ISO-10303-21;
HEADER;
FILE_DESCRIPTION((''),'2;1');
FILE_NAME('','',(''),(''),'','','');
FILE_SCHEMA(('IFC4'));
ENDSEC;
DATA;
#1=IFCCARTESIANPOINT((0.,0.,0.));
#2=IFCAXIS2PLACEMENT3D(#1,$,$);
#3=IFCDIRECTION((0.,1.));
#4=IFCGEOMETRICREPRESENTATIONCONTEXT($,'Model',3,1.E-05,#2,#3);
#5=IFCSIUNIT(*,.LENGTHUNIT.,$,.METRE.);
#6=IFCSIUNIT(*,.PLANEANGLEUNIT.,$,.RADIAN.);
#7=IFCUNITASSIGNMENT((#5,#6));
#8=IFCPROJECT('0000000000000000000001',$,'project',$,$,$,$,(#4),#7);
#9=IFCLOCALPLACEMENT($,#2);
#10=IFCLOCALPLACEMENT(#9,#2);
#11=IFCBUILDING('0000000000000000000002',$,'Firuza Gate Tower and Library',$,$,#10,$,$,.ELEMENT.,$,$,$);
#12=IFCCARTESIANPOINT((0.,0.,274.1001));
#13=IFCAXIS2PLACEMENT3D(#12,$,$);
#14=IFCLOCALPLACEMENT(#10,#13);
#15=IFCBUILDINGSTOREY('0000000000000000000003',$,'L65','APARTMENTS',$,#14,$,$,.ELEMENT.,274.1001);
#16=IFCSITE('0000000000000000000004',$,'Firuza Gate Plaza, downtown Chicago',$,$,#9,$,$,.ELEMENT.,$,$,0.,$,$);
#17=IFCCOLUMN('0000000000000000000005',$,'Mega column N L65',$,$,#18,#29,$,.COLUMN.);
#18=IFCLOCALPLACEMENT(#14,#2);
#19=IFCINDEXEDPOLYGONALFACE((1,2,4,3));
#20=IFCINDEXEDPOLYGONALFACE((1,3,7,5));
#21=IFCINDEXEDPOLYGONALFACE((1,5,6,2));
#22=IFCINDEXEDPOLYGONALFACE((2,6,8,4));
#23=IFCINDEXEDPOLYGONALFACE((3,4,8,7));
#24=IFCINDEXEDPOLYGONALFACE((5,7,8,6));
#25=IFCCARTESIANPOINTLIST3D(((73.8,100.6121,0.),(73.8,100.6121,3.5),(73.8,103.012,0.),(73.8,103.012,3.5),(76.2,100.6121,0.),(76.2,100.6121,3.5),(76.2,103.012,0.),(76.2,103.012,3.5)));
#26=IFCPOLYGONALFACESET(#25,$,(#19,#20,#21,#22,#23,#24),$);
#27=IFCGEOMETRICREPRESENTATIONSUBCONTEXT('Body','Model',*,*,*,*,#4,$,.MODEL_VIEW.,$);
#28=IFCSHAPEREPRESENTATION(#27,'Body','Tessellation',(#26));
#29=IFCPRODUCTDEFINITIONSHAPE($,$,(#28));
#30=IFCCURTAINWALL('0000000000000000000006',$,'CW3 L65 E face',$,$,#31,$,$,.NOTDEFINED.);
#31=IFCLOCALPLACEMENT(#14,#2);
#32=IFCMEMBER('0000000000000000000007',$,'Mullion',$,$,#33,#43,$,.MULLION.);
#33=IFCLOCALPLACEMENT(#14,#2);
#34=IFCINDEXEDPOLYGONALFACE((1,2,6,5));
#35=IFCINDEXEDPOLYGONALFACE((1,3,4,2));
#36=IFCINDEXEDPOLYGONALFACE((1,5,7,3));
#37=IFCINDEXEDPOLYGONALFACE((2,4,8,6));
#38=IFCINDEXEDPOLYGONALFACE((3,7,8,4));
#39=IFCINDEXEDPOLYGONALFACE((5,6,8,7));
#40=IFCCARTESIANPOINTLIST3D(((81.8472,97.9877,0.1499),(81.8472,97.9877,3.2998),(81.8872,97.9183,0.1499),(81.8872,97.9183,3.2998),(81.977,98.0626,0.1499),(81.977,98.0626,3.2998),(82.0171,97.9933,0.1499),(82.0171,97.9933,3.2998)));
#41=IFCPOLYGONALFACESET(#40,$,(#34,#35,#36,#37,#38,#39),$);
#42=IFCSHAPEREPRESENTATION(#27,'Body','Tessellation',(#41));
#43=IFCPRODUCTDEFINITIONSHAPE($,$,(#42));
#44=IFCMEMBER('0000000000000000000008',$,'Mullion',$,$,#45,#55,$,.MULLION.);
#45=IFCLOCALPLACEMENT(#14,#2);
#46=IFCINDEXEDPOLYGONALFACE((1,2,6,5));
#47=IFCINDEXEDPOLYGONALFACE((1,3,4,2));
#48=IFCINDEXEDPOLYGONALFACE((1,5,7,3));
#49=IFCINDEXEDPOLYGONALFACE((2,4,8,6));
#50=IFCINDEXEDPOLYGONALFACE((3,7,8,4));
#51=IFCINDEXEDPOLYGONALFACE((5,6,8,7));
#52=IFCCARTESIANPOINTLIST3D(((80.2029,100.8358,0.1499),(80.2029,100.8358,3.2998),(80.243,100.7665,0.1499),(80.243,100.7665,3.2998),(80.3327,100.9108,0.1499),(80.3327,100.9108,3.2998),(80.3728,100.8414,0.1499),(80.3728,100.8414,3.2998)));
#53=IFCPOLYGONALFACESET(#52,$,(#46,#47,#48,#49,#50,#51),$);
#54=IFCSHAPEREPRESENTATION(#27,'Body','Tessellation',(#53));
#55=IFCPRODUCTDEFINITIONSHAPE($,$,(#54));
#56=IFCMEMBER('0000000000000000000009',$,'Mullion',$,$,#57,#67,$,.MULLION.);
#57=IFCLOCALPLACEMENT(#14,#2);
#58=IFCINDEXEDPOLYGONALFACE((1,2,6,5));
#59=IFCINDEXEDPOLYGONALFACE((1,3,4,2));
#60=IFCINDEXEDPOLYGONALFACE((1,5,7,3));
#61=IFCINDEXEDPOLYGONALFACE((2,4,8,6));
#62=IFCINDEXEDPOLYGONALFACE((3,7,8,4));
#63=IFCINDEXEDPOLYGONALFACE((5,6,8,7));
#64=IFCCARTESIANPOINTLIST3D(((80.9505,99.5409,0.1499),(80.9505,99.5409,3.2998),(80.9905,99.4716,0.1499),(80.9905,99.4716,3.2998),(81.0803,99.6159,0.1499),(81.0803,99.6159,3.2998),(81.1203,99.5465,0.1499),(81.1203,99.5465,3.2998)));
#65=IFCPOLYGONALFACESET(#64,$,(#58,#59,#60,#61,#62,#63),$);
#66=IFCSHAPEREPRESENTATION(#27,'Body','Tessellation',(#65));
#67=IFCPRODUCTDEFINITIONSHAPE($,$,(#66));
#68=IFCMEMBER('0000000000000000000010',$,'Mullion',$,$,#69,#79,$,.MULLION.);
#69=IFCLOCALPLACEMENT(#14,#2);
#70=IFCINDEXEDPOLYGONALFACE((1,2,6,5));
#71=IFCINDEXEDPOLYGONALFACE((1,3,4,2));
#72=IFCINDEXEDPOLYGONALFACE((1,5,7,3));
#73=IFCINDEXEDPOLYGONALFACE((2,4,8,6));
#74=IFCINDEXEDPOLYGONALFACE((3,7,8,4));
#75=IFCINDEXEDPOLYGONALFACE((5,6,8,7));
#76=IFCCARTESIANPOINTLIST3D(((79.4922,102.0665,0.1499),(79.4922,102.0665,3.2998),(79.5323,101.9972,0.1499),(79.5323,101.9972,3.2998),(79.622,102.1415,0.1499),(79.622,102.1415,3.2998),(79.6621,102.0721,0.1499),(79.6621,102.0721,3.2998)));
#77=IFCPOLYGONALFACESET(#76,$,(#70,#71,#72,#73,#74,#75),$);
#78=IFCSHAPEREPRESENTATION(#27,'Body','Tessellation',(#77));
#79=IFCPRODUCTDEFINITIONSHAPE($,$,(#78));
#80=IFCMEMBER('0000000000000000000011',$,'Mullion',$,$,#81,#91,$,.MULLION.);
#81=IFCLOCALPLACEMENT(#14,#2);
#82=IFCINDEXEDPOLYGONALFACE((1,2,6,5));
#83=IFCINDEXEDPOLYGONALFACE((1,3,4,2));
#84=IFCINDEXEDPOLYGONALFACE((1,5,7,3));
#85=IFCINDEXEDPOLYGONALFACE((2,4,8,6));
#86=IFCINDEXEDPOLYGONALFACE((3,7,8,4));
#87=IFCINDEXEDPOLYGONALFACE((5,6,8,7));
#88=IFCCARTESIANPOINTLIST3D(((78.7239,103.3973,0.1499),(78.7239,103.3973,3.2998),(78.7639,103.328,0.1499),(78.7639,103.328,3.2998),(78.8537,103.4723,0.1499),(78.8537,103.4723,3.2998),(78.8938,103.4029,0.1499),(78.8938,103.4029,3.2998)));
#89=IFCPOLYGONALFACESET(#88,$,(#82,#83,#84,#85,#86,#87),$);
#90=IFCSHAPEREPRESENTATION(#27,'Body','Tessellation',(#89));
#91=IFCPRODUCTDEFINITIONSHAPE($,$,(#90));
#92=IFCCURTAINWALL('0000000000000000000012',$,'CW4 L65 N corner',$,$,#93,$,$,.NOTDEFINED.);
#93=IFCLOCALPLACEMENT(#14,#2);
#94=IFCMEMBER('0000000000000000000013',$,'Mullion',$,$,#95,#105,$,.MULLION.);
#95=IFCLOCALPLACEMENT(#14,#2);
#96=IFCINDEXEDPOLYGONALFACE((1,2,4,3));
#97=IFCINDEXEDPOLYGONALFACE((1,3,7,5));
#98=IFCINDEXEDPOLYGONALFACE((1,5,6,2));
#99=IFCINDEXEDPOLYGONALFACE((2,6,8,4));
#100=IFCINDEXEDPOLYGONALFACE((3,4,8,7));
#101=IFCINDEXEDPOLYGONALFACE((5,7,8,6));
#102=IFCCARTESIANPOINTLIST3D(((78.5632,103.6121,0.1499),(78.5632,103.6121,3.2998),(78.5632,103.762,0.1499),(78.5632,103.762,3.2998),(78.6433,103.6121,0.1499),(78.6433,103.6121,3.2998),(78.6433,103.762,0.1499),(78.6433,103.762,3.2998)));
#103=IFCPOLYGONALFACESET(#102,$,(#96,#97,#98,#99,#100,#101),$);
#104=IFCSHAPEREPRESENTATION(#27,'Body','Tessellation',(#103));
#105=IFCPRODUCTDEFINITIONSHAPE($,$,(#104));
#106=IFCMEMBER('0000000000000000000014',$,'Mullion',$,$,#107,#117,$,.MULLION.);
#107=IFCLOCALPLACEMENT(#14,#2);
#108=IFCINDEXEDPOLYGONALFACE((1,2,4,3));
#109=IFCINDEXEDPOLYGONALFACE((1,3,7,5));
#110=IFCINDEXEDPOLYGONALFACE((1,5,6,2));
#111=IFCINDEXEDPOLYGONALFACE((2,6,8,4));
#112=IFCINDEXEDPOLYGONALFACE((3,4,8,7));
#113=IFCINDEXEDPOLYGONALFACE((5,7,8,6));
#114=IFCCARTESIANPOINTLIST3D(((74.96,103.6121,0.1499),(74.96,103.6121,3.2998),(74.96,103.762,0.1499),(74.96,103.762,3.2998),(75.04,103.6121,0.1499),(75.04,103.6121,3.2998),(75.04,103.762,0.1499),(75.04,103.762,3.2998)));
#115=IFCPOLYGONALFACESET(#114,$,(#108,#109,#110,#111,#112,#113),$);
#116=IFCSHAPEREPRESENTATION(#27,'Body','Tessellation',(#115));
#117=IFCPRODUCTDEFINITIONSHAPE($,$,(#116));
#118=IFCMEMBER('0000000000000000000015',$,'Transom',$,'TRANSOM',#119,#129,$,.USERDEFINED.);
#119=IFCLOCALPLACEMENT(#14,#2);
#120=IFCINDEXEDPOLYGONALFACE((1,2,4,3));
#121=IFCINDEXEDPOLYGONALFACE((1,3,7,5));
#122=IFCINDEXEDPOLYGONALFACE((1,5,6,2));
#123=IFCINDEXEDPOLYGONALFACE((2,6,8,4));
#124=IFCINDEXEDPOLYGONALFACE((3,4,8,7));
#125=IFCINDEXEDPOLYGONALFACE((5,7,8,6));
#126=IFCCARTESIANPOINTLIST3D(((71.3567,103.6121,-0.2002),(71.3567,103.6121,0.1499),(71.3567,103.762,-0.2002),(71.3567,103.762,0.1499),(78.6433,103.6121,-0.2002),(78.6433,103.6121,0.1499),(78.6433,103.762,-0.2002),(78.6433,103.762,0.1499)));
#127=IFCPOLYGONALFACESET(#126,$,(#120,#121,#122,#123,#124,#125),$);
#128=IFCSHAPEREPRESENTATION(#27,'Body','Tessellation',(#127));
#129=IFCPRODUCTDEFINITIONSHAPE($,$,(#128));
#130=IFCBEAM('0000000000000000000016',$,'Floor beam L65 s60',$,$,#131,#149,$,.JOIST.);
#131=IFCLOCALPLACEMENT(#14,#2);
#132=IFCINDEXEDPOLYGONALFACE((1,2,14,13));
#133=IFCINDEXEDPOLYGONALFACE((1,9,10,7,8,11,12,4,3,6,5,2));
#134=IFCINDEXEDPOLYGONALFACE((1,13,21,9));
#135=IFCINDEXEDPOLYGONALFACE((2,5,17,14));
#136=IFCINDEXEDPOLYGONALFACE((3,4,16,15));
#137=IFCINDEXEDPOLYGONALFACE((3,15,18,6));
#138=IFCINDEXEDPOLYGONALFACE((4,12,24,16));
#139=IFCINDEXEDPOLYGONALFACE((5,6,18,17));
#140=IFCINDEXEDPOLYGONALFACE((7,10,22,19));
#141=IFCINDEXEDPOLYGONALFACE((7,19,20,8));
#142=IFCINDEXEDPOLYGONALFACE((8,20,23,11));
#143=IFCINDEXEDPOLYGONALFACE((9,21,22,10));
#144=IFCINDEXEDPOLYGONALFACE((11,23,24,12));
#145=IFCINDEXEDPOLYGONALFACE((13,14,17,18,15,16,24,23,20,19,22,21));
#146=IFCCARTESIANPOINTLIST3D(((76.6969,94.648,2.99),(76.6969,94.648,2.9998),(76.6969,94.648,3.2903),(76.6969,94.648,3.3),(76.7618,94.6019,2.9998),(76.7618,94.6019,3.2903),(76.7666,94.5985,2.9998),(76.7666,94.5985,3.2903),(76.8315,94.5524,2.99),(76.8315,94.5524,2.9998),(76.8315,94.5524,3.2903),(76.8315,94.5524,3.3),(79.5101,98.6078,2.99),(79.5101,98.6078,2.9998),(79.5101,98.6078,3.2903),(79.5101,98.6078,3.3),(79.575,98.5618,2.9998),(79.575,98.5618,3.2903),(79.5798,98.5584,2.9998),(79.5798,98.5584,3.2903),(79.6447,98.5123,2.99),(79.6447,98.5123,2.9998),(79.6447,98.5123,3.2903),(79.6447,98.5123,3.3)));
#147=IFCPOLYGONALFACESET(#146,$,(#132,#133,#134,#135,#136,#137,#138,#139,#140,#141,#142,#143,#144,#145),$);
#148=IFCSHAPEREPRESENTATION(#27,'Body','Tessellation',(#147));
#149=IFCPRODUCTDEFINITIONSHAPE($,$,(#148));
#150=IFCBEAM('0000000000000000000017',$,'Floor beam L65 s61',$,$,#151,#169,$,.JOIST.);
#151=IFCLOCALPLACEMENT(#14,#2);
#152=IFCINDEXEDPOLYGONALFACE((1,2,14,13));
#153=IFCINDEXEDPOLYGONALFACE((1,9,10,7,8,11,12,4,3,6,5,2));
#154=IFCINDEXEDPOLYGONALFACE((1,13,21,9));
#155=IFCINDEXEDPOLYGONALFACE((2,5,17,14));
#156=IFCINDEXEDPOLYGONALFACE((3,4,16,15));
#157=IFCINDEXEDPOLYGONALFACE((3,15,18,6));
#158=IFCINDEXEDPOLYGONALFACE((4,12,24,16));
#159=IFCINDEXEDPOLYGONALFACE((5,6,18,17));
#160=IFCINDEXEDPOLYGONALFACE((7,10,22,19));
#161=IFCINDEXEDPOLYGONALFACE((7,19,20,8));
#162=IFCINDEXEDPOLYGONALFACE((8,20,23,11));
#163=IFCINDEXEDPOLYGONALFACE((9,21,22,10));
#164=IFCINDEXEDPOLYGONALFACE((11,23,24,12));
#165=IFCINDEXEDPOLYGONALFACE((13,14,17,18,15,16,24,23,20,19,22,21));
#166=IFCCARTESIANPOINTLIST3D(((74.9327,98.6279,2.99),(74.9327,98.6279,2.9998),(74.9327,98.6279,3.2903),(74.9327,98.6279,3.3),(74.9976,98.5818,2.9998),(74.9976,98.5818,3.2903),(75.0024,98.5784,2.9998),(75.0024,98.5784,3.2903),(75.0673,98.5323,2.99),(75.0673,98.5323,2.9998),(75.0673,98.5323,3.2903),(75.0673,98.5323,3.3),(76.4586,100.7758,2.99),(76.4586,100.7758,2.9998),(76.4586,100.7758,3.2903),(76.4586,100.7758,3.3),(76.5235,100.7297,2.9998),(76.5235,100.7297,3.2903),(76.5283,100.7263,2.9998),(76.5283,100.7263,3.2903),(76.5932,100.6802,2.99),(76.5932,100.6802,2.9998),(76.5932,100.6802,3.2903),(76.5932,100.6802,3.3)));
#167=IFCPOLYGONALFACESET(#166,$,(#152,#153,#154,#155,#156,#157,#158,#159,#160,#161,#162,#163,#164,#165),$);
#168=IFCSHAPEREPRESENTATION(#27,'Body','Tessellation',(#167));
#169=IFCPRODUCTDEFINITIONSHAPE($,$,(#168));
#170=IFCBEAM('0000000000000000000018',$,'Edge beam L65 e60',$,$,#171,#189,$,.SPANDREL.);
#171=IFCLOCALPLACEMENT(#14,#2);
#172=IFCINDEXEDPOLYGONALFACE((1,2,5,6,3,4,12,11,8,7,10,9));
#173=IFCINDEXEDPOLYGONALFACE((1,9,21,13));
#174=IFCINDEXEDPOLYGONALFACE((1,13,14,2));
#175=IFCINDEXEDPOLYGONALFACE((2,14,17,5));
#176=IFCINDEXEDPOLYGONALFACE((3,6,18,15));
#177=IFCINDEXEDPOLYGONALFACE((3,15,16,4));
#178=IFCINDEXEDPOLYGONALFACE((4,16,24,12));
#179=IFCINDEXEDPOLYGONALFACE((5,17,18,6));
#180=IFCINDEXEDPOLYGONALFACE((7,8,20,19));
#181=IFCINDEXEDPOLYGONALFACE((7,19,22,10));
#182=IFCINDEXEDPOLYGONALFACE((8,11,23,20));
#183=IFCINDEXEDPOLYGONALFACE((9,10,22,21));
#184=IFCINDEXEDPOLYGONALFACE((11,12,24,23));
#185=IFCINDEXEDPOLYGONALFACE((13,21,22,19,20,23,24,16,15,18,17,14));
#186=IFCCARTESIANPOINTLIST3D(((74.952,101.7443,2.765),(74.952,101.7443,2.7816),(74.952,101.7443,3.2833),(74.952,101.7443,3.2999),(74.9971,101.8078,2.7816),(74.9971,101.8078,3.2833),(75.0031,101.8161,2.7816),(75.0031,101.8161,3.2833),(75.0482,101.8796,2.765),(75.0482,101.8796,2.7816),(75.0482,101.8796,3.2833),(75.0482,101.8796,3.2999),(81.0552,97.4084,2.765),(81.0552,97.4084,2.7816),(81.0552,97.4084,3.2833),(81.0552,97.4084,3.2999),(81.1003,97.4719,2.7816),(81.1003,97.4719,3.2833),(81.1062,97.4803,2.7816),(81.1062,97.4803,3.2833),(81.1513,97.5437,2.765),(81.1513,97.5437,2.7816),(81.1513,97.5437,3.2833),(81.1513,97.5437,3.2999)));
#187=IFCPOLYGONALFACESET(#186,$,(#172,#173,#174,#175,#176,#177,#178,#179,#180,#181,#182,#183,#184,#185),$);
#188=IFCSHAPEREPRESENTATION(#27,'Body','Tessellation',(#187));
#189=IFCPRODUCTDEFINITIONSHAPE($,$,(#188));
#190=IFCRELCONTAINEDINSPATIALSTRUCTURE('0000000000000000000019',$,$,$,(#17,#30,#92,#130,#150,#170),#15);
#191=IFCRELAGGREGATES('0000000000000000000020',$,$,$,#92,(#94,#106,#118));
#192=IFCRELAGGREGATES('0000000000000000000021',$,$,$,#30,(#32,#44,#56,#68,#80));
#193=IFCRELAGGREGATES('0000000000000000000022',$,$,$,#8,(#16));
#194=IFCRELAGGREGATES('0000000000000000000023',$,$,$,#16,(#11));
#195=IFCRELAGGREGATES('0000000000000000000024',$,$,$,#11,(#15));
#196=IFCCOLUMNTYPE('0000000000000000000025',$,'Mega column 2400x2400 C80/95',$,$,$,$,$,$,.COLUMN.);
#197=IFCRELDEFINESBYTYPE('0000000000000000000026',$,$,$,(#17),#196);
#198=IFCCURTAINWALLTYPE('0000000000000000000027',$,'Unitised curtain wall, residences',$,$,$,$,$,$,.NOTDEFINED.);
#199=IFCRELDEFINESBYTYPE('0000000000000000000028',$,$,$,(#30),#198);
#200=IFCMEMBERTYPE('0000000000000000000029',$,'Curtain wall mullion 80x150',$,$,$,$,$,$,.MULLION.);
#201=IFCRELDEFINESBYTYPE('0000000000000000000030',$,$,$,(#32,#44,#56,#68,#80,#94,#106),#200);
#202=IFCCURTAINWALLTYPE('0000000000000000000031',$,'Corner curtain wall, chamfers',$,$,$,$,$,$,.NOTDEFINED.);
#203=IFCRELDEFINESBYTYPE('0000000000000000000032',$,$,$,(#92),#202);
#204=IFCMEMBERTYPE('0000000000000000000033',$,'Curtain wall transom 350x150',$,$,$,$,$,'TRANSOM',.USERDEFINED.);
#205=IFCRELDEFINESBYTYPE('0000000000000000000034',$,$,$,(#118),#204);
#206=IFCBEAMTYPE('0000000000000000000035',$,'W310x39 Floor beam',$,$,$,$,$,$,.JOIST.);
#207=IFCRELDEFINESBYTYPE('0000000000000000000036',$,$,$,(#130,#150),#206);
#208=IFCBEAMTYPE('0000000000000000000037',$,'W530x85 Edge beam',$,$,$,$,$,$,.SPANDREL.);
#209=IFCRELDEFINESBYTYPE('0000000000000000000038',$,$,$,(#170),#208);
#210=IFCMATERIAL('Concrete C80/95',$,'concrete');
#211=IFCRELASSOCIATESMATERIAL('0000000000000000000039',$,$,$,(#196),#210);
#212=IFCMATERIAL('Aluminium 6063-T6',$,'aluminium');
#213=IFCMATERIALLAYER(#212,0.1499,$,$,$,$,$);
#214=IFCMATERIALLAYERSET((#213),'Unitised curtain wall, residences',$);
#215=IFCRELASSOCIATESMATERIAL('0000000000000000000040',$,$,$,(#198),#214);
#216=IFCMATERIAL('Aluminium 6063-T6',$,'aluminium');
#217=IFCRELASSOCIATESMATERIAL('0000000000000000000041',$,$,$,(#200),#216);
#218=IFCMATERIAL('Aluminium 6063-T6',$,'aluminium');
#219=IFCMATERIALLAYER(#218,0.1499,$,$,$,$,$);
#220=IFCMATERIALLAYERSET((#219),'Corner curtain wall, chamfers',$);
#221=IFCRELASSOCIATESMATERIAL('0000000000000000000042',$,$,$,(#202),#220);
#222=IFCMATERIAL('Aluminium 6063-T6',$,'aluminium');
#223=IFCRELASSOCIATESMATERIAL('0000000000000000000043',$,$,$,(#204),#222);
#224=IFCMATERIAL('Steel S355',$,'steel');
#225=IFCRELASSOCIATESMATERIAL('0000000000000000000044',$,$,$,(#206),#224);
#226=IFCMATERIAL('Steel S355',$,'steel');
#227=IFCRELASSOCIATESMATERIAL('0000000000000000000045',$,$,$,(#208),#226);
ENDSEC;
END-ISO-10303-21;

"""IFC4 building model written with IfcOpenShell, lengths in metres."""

from ifc_helpers import new_model, si_unit, direction, frame, origin, origin_2d, place, context, subcontext, project, spatial, rectangle, i_section, extrude, material, layer, layer_set, material_profile, profile_set, type_object, element, aggregate, save


model = new_model("IFC4")

# Units and contexts
model_context = context("Model", 3, precision=1e-05, world=origin(), true_north=direction((0.0, 1.0)))
body_context = subcontext(model_context, "Body", "Model", "MODEL_VIEW")
ifc_project = project(units=[si_unit("LENGTHUNIT", "METRE"), si_unit("PLANEANGLEUNIT", "RADIAN")], contexts=[model_context])

# Site, building, storey
site_placement = place(None, origin())
site = spatial("IfcSite", under=ifc_project, at=site_placement, Name="Firuza Gate Plaza, downtown Chicago", CompositionType="ELEMENT", RefElevation=0.0)
building_placement = place(site_placement, origin())
building = spatial("IfcBuilding", under=site, at=building_placement, Name="Firuza Gate Tower and Library", CompositionType="ELEMENT")
storey_placement = place(building_placement, frame((0.0, 0.0, 274.1001)))
storey = spatial("IfcBuildingStorey", under=building, at=storey_placement, Name="L65", Description="APARTMENTS", CompositionType="ELEMENT", Elevation=274.1001)

# Column
ifc_material_1 = material(Name="Concrete C80/95", Category="concrete")
ifc_material_profile_1 = material_profile(ifc_material_1, rectangle(XDim=2.3999, YDim=2.3999, at=origin_2d()))
ifc_profile_set_1 = profile_set([ifc_material_profile_1], Name="Concrete C80/95")
column_type = type_object("IfcColumnType", Name="Mega column 2400x2400 C80/95", PredefinedType="COLUMN", material=ifc_profile_set_1)
column_placement = place(storey_placement, frame((75.0, 101.812, 0.0), z_axis=(0.0, 0.0, 1.0), x_axis=(-1.0, 0.0, 0.0)))
element("IfcColumn", 1, at=column_placement, inside=storey, type_object=column_type, Name="Mega column N L65", PredefinedType="COLUMN", context=body_context, shape_type="SweptSolid", body=[
    extrude(rectangle(XDim=2.3999, YDim=2.3999, at=origin_2d()), origin(), (0.0, 0.0, 1.0), 3.5),
])

# Curtain walls, members
ifc_material_2 = material(Name="Aluminium 6063-T6", Category="aluminium")
ifc_layer_1 = layer(ifc_material_2, 0.1499)
ifc_layer_set_1 = layer_set([ifc_layer_1], Name="Unitised curtain wall, residences")
curtain_wall_type_1 = type_object("IfcCurtainWallType", Name="Unitised curtain wall, residences", PredefinedType="NOTDEFINED", material=ifc_layer_set_1)
placement = place(storey_placement, origin())
curtain_wall_1 = element("IfcCurtainWall", 2, at=placement, inside=storey, type_object=curtain_wall_type_1, Name="CW3 L65 E face", PredefinedType="NOTDEFINED")
ifc_material_3 = material(Name="Aluminium 6063-T6", Category="aluminium")
ifc_material_profile_2 = material_profile(ifc_material_3, rectangle(XDim=0.1499, YDim=0.0801, at=origin_2d()))
ifc_profile_set_2 = profile_set([ifc_material_profile_2], Name="Aluminium 6063-T6")
member_type_1 = type_object("IfcMemberType", Name="Curtain wall mullion 80x150", PredefinedType="MULLION", material=ifc_profile_set_2)
member_1_placement = place(storey_placement, frame((81.9321, 97.9905, 0.1499), z_axis=(0.0, 0.0, 1.0), x_axis=(-0.866025, -0.5, 0.0)))
member_1 = element("IfcMember", 3, at=member_1_placement, type_object=member_type_1, Name="Mullion", PredefinedType="MULLION", context=body_context, shape_type="SweptSolid", body=[
    extrude(rectangle(XDim=0.1499, YDim=0.0801, at=origin_2d()), origin(), (0.0, 0.0, 1.0), 3.1499),
])
member_2_placement = place(storey_placement, frame((80.2878, 100.8386, 0.1499), z_axis=(0.0, 0.0, 1.0), x_axis=(-0.866025, -0.5, 0.0)))
member_2 = element("IfcMember", 4, at=member_2_placement, type_object=member_type_1, Name="Mullion", PredefinedType="MULLION", context=body_context, shape_type="SweptSolid", body=[
    extrude(rectangle(XDim=0.1499, YDim=0.0801, at=origin_2d()), origin(), (0.0, 0.0, 1.0), 3.1499),
])
member_3_placement = place(storey_placement, frame((81.0354, 99.5437, 0.1499), z_axis=(0.0, 0.0, 1.0), x_axis=(-0.866025, -0.5, 0.0)))
member_3 = element("IfcMember", 5, at=member_3_placement, type_object=member_type_1, Name="Mullion", PredefinedType="MULLION", context=body_context, shape_type="SweptSolid", body=[
    extrude(rectangle(XDim=0.1499, YDim=0.0801, at=origin_2d()), origin(), (0.0, 0.0, 1.0), 3.1499),
])
member_4_placement = place(storey_placement, frame((79.5771, 102.0693, 0.1499), z_axis=(0.0, 0.0, 1.0), x_axis=(-0.866025, -0.5, 0.0)))
member_4 = element("IfcMember", 6, at=member_4_placement, type_object=member_type_1, Name="Mullion", PredefinedType="MULLION", context=body_context, shape_type="SweptSolid", body=[
    extrude(rectangle(XDim=0.1499, YDim=0.0801, at=origin_2d()), origin(), (0.0, 0.0, 1.0), 3.1499),
])
member_5_placement = place(storey_placement, frame((78.8088, 103.4001, 0.1499), z_axis=(0.0, 0.0, 1.0), x_axis=(-0.866025, -0.5, 0.0)))
member_5 = element("IfcMember", 7, at=member_5_placement, type_object=member_type_1, Name="Mullion", PredefinedType="MULLION", context=body_context, shape_type="SweptSolid", body=[
    extrude(rectangle(XDim=0.1499, YDim=0.0801, at=origin_2d()), origin(), (0.0, 0.0, 1.0), 3.1499),
])
ifc_material_4 = material(Name="Aluminium 6063-T6", Category="aluminium")
ifc_layer_2 = layer(ifc_material_4, 0.1499)
ifc_layer_set_2 = layer_set([ifc_layer_2], Name="Corner curtain wall, chamfers")
curtain_wall_type_2 = type_object("IfcCurtainWallType", Name="Corner curtain wall, chamfers", PredefinedType="NOTDEFINED", material=ifc_layer_set_2)
curtain_wall_2 = element("IfcCurtainWall", 8, at=placement, inside=storey, type_object=curtain_wall_type_2, Name="CW4 L65 N corner", PredefinedType="NOTDEFINED")
member_6_placement = place(storey_placement, frame((78.6033, 103.687, 0.1499), z_axis=(0.0, 0.0, 1.0), x_axis=(0.0, -1.0, 0.0)))
member_6 = element("IfcMember", 9, at=member_6_placement, type_object=member_type_1, Name="Mullion", PredefinedType="MULLION", context=body_context, shape_type="SweptSolid", body=[
    extrude(rectangle(XDim=0.1499, YDim=0.0801, at=origin_2d()), origin(), (0.0, 0.0, 1.0), 3.1499),
])
member_7_placement = place(storey_placement, frame((75.0, 103.687, 0.1499), z_axis=(0.0, 0.0, 1.0), x_axis=(0.0, -1.0, 0.0)))
member_7 = element("IfcMember", 10, at=member_7_placement, type_object=member_type_1, Name="Mullion", PredefinedType="MULLION", context=body_context, shape_type="SweptSolid", body=[
    extrude(rectangle(XDim=0.1499, YDim=0.0801, at=origin_2d()), origin(), (0.0, 0.0, 1.0), 3.1499),
])
ifc_material_5 = material(Name="Aluminium 6063-T6", Category="aluminium")
ifc_material_profile_3 = material_profile(ifc_material_5, rectangle(XDim=0.1499, YDim=0.3501, at=origin_2d()))
ifc_profile_set_3 = profile_set([ifc_material_profile_3], Name="Aluminium 6063-T6")
member_type_2 = type_object("IfcMemberType", Name="Curtain wall transom 350x150", ElementType="TRANSOM", PredefinedType="USERDEFINED", material=ifc_profile_set_3)
member_8_placement = place(storey_placement, frame((78.6433, 103.687, -0.0251), z_axis=(-1.0, 0.0, 0.0), x_axis=(0.0, -1.0, 0.0)))
member_8 = element("IfcMember", 11, at=member_8_placement, type_object=member_type_2, Name="Transom", ObjectType="TRANSOM", PredefinedType="USERDEFINED", context=body_context, shape_type="SweptSolid", body=[
    extrude(rectangle(XDim=0.1499, YDim=0.3501, at=origin_2d()), origin(), (0.0, 0.0, 1.0), 7.2866),
])

# Beams
ifc_material_6 = material(Name="Steel S355", Category="steel")
ifc_material_profile_4 = material_profile(ifc_material_6, i_section(OverallWidth=0.165, OverallDepth=0.3101, WebThickness=0.0059, FlangeThickness=0.0098, at=origin_2d()))
ifc_profile_set_4 = profile_set([ifc_material_profile_4], Name="Steel S355")
beam_type_1 = type_object("IfcBeamType", Name="W310x39 Floor beam", PredefinedType="JOIST", material=ifc_profile_set_4)
beam_1_placement = place(storey_placement, frame((79.5774, 98.5601, 3.145), z_axis=(-0.579149, -0.815222, 0.0), x_axis=(0.815222, -0.579149, 0.0)))
element("IfcBeam", 12, at=beam_1_placement, inside=storey, type_object=beam_type_1, Name="Floor beam L65 s60", PredefinedType="JOIST", context=body_context, shape_type="SweptSolid", body=[
    extrude(i_section(OverallWidth=0.165, OverallDepth=0.3101, WebThickness=0.0059, FlangeThickness=0.0098, at=origin_2d()), origin(), (0.0, 0.0, 1.0), 4.8574),
])
beam_2_placement = place(storey_placement, frame((76.5259, 100.728, 3.145), z_axis=(-0.579133, -0.815233, 0.0), x_axis=(0.815233, -0.579133, 0.0)))
element("IfcBeam", 13, at=beam_2_placement, inside=storey, type_object=beam_type_1, Name="Floor beam L65 s61", PredefinedType="JOIST", context=body_context, shape_type="SweptSolid", body=[
    extrude(i_section(OverallWidth=0.165, OverallDepth=0.3101, WebThickness=0.0059, FlangeThickness=0.0098, at=origin_2d()), origin(), (0.0, 0.0, 1.0), 2.6348),
])
ifc_material_7 = material(Name="Steel S355", Category="steel")
ifc_material_profile_5 = material_profile(ifc_material_7, i_section(OverallWidth=0.166, OverallDepth=0.5349, WebThickness=0.0103, FlangeThickness=0.0166, at=origin_2d()))
ifc_profile_set_5 = profile_set([ifc_material_profile_5], Name="Steel S355")
beam_type_2 = type_object("IfcBeamType", Name="W530x85 Edge beam", PredefinedType="SPANDREL", material=ifc_profile_set_5)
for number, where, z_axis, x_axis, name in (
    (14, (81.1033, 97.4761, 3.0325), (-0.815218, 0.579154, 0.0), (-0.579154, -0.815218, 0.0), "Edge beam L65 e60"),
):
    element("IfcBeam", number, at=place(storey_placement, frame(where, z_axis=z_axis, x_axis=x_axis)), inside=storey, type_object=beam_type_2, Name=name, PredefinedType="SPANDREL", context=body_context, shape_type="SweptSolid", body=[
        extrude(i_section(OverallWidth=0.166, OverallDepth=0.5349, WebThickness=0.0103, FlangeThickness=0.0166, at=origin_2d()), origin(), (0.0, 0.0, 1.0), 7.4866),
    ])

aggregate(curtain_wall_2, [member_6, member_7, member_8])
aggregate(curtain_wall_1, [member_1, member_2, member_3, member_4, member_5])

save(model, "model.ifc")
